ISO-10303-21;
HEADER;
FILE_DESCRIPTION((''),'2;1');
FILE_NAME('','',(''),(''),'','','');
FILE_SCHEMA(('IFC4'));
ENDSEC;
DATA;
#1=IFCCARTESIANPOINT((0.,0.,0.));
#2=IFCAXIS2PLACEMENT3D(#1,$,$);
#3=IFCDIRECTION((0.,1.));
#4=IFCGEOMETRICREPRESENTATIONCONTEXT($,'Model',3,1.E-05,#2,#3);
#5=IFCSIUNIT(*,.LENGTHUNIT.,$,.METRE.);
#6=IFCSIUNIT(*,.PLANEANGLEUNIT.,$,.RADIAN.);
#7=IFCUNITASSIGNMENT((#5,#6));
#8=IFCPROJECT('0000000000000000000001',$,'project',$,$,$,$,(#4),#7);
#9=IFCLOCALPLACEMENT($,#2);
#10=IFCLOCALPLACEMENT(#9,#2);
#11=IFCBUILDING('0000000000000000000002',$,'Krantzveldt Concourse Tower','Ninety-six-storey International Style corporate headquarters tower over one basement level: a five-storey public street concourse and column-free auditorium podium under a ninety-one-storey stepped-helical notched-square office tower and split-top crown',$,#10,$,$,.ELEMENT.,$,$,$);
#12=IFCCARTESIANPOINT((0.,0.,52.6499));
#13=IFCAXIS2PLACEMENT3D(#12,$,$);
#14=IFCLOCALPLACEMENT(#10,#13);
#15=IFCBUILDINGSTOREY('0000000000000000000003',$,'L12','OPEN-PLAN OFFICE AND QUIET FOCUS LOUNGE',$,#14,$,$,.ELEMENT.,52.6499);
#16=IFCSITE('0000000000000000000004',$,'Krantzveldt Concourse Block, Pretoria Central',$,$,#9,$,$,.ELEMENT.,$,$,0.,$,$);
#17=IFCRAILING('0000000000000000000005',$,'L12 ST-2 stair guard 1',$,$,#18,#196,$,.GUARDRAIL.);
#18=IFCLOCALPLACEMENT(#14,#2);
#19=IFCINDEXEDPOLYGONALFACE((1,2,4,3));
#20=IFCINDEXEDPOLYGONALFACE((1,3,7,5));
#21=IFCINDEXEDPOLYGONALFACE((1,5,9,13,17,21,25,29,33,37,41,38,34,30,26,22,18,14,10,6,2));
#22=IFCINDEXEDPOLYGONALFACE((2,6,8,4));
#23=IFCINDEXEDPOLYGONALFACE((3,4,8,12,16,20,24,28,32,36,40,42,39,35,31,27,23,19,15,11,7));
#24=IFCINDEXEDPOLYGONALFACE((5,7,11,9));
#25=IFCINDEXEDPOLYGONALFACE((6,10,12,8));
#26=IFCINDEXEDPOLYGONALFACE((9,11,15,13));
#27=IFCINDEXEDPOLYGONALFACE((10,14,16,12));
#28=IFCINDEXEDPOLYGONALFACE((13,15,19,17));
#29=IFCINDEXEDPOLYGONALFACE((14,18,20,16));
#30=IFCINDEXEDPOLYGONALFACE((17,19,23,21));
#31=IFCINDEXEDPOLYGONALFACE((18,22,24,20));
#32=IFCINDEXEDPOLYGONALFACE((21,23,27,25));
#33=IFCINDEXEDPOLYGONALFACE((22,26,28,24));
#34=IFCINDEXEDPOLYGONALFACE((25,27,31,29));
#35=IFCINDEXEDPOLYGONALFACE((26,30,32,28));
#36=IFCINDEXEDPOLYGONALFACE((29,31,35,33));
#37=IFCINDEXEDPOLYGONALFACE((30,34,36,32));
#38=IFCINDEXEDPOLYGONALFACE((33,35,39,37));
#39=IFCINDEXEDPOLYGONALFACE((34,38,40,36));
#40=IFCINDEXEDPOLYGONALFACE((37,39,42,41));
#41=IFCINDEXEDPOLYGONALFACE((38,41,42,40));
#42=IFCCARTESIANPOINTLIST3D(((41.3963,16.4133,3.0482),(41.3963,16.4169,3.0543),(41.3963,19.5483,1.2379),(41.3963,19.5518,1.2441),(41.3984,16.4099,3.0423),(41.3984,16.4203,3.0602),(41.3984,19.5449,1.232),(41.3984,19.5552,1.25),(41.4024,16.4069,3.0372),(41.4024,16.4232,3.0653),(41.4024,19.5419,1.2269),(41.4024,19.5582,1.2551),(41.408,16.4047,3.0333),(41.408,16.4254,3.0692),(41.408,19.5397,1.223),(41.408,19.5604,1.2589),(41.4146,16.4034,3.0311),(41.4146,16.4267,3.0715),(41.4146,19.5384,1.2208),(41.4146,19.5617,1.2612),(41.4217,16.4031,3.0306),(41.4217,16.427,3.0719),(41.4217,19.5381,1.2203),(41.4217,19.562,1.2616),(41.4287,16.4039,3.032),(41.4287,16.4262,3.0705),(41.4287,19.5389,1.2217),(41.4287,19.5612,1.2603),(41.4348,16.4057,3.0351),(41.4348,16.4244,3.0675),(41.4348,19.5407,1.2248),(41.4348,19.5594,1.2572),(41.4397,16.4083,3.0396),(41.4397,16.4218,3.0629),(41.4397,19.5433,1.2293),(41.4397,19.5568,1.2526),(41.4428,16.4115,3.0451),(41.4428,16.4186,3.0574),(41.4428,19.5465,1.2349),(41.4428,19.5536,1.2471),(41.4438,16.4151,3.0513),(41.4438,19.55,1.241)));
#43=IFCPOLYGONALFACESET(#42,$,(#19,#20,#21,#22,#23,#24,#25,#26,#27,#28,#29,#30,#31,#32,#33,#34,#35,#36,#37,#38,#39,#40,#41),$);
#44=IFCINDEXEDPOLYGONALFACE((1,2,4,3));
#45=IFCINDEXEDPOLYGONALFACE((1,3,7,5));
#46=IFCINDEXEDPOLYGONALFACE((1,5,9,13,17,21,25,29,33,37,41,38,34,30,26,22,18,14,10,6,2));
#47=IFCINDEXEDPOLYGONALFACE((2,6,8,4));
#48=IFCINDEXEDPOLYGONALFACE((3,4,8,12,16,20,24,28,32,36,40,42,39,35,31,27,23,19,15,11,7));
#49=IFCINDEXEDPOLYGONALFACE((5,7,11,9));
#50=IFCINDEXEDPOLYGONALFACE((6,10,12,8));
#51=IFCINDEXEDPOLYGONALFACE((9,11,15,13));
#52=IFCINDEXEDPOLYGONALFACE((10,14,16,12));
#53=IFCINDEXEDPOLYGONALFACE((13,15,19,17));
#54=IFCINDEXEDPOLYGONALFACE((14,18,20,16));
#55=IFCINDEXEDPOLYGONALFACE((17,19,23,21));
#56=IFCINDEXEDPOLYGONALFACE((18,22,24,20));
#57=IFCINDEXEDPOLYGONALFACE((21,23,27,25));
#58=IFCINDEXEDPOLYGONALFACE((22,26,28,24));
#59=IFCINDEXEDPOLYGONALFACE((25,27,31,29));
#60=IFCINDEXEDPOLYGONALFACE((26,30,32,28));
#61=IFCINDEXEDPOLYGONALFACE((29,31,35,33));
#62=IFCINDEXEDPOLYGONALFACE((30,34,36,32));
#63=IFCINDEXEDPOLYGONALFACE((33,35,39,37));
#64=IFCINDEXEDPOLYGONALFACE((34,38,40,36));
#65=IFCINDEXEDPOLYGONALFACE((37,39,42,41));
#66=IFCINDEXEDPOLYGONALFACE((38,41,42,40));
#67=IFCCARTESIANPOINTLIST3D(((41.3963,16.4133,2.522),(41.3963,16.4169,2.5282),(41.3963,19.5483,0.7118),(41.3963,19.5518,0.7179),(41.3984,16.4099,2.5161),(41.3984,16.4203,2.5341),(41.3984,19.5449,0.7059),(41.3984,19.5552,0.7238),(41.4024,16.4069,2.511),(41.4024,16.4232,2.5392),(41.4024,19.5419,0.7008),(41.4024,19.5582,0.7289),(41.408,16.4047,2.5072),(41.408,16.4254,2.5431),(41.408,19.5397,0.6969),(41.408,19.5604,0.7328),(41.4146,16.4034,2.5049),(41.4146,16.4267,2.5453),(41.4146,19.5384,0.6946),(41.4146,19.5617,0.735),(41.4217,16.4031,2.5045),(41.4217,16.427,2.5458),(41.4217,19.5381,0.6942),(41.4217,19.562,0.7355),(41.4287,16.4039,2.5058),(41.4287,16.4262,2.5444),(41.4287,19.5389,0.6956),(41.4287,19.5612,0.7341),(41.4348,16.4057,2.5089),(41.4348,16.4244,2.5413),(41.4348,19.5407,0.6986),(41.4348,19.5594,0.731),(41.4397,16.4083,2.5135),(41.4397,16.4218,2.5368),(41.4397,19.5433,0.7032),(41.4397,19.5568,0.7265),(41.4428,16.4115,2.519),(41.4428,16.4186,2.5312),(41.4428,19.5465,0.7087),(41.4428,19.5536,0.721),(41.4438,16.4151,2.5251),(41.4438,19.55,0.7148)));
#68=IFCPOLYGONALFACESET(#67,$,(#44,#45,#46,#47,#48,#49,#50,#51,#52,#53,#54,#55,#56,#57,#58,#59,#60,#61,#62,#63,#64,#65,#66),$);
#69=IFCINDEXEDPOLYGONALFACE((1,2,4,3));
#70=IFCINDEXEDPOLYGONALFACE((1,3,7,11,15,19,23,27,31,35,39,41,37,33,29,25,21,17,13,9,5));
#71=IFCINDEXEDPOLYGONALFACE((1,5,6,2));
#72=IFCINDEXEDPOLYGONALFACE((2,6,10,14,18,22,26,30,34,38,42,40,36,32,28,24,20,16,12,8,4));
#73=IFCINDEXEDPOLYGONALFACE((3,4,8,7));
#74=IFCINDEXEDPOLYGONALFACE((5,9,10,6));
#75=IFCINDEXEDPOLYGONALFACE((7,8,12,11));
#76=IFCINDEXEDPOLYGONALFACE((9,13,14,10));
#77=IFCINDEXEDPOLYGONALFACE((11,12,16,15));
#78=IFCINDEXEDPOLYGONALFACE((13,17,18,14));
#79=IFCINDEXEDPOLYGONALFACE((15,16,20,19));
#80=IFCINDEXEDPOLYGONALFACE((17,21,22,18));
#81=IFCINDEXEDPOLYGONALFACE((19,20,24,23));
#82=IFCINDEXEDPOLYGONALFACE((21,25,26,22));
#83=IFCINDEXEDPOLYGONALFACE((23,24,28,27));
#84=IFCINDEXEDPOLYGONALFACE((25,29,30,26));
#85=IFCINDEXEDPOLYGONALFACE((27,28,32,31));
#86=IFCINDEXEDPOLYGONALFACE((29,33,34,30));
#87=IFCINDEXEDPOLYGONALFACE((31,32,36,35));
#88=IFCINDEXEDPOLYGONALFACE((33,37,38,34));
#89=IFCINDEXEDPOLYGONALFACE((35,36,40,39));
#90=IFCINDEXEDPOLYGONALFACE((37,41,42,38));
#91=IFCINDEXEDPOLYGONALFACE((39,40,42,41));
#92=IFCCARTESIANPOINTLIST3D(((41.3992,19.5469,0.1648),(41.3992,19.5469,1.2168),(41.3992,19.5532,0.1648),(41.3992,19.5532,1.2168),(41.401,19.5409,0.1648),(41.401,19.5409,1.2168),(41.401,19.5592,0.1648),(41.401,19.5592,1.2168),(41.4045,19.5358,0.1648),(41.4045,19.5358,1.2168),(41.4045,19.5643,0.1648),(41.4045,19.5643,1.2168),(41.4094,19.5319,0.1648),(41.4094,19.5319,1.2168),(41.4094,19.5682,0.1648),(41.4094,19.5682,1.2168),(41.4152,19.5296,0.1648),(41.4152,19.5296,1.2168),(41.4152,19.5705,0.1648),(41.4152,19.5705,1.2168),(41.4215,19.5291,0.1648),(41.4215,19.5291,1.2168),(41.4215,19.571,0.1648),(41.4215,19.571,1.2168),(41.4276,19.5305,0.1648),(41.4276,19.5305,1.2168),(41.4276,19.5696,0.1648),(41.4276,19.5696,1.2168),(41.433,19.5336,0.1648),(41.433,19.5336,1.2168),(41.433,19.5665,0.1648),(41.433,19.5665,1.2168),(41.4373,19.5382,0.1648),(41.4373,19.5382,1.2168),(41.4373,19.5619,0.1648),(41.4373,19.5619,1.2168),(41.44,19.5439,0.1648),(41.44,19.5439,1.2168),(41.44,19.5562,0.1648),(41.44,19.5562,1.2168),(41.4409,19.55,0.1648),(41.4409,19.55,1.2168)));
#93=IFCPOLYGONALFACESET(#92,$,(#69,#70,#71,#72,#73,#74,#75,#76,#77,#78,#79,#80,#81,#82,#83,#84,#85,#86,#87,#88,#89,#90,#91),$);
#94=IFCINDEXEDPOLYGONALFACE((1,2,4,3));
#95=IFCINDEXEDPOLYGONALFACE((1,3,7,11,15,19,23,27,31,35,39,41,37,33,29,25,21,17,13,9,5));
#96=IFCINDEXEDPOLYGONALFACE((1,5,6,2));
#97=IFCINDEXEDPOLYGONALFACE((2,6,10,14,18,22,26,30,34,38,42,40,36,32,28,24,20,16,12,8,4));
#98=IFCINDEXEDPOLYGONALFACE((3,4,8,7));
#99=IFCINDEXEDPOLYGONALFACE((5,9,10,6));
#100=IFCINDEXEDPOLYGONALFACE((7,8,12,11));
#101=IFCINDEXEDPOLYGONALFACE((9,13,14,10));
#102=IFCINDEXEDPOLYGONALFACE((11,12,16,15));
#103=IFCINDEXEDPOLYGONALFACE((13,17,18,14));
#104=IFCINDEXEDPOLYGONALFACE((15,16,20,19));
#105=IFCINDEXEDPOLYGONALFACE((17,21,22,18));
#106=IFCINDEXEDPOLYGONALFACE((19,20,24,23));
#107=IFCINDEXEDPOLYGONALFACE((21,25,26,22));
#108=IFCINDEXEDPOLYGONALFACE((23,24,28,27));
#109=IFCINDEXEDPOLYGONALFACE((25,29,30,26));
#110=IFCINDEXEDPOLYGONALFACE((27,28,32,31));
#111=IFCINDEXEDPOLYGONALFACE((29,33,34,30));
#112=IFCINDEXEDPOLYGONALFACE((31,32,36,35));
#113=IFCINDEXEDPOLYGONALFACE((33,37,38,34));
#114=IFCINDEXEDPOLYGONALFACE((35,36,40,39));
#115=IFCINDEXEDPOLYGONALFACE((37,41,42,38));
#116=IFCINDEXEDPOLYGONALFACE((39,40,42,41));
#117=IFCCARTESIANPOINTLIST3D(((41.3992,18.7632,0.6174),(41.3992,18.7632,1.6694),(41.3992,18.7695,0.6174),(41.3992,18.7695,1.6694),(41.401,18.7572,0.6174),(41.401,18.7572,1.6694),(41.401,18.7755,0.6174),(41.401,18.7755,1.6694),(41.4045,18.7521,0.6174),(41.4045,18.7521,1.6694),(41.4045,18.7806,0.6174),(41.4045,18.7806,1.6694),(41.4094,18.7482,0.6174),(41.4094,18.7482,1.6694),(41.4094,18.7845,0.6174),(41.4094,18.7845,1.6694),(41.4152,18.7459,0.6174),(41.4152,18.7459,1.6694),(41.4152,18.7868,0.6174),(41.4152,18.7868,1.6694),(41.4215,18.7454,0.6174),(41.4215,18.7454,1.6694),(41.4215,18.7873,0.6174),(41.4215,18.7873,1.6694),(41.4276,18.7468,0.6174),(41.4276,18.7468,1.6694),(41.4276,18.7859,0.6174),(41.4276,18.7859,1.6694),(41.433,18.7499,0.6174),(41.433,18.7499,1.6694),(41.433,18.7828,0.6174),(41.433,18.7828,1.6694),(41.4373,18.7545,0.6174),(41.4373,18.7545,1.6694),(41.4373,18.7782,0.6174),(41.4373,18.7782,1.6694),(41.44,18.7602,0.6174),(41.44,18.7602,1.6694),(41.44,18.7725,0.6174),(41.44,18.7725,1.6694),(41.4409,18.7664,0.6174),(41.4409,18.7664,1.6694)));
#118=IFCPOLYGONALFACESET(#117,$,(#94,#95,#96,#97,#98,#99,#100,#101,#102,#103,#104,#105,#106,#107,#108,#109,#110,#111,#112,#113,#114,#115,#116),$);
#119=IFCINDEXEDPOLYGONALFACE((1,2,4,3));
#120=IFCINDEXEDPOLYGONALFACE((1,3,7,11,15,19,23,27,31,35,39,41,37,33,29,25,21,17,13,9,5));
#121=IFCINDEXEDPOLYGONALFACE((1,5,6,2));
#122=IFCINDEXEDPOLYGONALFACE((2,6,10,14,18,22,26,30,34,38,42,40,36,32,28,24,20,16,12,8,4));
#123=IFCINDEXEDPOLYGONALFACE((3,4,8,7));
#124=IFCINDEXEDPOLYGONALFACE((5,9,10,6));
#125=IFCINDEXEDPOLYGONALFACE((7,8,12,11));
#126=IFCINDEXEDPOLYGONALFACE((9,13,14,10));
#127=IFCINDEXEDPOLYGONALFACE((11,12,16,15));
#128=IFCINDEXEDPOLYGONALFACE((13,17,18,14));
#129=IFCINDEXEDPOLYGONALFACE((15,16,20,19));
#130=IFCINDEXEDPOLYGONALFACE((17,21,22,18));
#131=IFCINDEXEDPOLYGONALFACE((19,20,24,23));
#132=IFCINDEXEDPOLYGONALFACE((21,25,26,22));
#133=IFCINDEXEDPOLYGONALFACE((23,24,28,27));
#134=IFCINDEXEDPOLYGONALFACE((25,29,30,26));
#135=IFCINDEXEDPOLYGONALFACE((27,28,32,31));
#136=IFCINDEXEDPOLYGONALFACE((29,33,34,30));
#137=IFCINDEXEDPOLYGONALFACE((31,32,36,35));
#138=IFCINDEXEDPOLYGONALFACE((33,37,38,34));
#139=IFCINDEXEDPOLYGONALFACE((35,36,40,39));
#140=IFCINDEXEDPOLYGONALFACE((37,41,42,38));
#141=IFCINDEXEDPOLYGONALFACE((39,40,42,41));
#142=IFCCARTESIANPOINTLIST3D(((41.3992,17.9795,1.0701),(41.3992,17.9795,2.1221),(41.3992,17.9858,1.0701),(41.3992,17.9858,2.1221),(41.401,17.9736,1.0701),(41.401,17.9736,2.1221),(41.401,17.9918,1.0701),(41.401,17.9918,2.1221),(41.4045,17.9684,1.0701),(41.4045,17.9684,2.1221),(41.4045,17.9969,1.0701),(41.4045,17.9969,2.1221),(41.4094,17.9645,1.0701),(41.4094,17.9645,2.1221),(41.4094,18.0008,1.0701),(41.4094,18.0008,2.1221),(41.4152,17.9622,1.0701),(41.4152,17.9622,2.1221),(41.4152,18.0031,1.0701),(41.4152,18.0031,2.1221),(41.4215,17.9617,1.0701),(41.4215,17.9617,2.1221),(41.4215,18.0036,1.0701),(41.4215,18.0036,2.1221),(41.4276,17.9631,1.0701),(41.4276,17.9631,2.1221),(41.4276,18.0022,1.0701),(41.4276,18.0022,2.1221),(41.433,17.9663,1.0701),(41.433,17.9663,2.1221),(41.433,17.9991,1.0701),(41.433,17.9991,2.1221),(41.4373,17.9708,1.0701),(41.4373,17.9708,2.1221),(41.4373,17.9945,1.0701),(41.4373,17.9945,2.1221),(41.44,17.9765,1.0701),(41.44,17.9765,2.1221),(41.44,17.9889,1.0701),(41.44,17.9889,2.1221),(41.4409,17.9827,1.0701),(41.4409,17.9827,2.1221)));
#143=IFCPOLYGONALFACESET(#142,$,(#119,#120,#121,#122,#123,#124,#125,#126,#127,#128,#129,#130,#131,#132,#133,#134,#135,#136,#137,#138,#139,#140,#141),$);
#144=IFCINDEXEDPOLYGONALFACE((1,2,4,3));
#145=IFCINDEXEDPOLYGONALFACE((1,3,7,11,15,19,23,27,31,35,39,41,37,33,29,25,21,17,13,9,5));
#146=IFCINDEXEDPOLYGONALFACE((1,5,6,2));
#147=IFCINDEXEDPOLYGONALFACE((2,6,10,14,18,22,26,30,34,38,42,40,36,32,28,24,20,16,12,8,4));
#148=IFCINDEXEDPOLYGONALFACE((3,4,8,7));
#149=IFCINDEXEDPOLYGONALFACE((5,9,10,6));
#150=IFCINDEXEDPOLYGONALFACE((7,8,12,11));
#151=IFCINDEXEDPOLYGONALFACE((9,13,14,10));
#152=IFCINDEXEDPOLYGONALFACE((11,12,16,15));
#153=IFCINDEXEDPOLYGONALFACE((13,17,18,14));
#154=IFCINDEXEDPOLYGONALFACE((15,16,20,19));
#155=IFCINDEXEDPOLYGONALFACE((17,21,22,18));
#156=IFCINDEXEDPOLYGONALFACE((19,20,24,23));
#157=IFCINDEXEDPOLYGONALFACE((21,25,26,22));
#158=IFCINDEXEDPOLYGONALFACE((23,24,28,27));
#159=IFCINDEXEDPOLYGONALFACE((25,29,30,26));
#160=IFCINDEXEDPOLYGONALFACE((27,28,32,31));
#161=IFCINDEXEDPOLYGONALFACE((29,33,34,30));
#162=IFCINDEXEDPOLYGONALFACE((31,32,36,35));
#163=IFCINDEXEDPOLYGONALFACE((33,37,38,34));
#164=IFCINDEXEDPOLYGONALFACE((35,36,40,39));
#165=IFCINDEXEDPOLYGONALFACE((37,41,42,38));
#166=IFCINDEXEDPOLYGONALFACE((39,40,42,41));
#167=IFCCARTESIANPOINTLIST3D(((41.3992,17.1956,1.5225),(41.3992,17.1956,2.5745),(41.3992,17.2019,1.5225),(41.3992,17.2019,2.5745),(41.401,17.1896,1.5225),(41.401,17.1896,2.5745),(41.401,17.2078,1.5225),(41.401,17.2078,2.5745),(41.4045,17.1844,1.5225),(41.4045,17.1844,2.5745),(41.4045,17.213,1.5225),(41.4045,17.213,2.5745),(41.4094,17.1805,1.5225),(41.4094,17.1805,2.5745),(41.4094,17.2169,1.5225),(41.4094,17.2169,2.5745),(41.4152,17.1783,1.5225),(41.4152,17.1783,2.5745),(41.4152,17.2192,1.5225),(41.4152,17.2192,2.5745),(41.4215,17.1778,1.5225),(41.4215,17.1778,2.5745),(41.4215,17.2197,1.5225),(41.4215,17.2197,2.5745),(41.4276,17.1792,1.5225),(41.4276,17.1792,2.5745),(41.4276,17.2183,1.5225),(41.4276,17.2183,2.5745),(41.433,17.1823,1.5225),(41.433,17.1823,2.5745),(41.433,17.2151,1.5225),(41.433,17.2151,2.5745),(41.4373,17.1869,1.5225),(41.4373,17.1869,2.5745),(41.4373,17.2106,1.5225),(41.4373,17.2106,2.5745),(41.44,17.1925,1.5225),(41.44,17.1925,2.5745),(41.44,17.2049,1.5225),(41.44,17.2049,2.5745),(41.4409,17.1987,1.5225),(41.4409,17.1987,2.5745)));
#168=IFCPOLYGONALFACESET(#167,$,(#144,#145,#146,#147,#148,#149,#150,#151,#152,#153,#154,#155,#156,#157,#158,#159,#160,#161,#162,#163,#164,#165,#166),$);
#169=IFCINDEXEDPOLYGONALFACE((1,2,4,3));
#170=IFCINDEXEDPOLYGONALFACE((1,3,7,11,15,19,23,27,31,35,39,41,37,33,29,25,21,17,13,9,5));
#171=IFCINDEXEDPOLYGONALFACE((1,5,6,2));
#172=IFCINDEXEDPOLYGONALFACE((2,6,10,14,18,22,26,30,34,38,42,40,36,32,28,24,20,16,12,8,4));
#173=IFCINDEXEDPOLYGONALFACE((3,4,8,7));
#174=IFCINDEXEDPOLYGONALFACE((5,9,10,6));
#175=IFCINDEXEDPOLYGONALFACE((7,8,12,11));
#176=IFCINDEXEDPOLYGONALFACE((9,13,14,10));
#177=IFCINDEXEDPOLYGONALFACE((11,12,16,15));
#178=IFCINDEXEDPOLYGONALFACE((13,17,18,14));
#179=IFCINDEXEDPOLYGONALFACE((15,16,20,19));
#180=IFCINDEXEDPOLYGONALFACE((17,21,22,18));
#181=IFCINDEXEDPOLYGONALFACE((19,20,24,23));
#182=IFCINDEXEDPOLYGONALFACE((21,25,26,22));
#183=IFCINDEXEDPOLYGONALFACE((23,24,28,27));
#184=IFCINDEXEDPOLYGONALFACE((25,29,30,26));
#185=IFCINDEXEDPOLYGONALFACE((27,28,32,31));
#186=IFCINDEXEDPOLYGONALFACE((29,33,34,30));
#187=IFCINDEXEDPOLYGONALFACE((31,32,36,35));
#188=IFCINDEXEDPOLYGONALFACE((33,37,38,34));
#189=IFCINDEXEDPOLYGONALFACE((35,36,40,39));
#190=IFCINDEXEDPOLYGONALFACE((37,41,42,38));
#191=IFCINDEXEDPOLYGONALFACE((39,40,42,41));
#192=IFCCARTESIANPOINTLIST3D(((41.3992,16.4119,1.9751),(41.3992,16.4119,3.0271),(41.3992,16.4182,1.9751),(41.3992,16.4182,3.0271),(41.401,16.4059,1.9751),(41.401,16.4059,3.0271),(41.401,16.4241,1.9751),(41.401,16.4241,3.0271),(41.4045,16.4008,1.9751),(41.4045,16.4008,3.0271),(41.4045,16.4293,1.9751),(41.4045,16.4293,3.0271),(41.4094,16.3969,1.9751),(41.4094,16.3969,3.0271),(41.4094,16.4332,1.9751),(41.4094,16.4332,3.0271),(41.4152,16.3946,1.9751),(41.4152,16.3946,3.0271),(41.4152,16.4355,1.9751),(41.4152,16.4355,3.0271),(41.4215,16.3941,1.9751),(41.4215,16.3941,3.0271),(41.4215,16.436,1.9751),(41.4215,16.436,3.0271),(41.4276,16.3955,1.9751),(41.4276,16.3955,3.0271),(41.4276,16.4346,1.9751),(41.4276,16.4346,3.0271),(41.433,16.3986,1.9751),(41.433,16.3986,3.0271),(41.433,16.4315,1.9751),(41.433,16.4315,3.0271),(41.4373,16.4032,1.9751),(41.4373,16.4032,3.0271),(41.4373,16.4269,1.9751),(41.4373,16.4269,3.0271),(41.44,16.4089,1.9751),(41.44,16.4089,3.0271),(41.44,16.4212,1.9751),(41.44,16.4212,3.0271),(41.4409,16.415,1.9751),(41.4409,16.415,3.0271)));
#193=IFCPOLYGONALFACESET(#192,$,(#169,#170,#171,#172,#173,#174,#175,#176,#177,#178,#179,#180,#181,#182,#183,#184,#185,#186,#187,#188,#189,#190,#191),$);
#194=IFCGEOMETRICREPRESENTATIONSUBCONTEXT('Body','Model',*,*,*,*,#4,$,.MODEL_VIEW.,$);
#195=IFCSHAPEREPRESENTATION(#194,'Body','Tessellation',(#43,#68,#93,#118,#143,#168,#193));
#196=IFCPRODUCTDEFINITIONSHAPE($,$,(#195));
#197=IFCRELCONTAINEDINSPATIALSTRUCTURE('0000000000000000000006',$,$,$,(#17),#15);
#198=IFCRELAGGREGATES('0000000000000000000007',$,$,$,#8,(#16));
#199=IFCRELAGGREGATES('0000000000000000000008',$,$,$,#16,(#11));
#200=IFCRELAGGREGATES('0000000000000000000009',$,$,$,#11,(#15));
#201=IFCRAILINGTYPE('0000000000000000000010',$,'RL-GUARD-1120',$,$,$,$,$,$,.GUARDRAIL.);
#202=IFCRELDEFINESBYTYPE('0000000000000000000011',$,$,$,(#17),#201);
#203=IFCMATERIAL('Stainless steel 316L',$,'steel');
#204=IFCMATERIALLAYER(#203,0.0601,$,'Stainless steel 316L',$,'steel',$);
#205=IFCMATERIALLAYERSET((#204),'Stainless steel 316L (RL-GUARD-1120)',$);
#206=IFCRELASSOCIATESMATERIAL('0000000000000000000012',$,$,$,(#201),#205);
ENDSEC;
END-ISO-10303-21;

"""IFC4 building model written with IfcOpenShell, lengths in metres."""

from ifc_helpers import new_model, si_unit, direction, frame, origin, origin_2d, place, context, subcontext, project, spatial, circle, extrude, material, layer, layer_set, type_object, element, save


model = new_model("IFC4")

# Units and contexts
model_context = context("Model", 3, precision=1e-05, world=origin(), true_north=direction((0.0, 1.0)))
body_context = subcontext(model_context, "Body", "Model", "MODEL_VIEW")
ifc_project = project(units=[si_unit("LENGTHUNIT", "METRE"), si_unit("PLANEANGLEUNIT", "RADIAN")], contexts=[model_context])

# Site, building, storey
site_placement = place(None, origin())
site = spatial("IfcSite", under=ifc_project, at=site_placement, Name="Krantzveldt Concourse Block, Pretoria Central", CompositionType="ELEMENT", RefElevation=0.0)
building_placement = place(site_placement, origin())
building = spatial("IfcBuilding", under=site, at=building_placement, Name="Krantzveldt Concourse Tower", Description="Ninety-six-storey International Style corporate headquarters tower over one basement level: a five-storey public street concourse and column-free auditorium podium under a ninety-one-storey stepped-helical notched-square office tower and split-top crown", CompositionType="ELEMENT")
storey_placement = place(building_placement, frame((0.0, 0.0, 52.6499)))
storey = spatial("IfcBuildingStorey", under=building, at=storey_placement, Name="L12", Description="OPEN-PLAN OFFICE AND QUIET FOCUS LOUNGE", CompositionType="ELEMENT", Elevation=52.6499)

# Shared definitions
ifc_material_1 = material(Name="Stainless steel 316L", Category="steel")

# Railing
ifc_layer_1 = layer(ifc_material_1, 0.0601, Name="Stainless steel 316L", Category="steel")
ifc_layer_set_1 = layer_set([ifc_layer_1], Name="Stainless steel 316L (RL-GUARD-1120)")
railing_type_1 = type_object("IfcRailingType", Name="RL-GUARD-1120", PredefinedType="GUARDRAIL", material=ifc_layer_set_1)
railing_1_placement = place(storey_placement, frame((41.4199, 19.55, 0.1648)))
element("IfcRailing", 1, at=railing_1_placement, inside=storey, type_object=railing_type_1, Name="L12 ST-2 stair guard 1", PredefinedType="GUARDRAIL", context=body_context, shape_type="SweptSolid", body=[
    extrude(circle(Radius=0.0239, at=origin_2d()), frame((0.0, 0.0, 1.0762), z_axis=(0.0, -0.865989, 0.500063), x_axis=(1.0, 0.0, 0.0)), (0.0, 0.0, 1.0), 3.6201),
    extrude(circle(Radius=0.0239, at=origin_2d()), frame((0.0, 0.0, 0.55), z_axis=(0.0, -0.865989, 0.500063), x_axis=(1.0, 0.0, 0.0)), (0.0, 0.0, 1.0), 3.6201),
    extrude(circle(Radius=0.021, at=origin_2d()), origin(), (0.0, 0.0, 1.0), 1.052),
    extrude(circle(Radius=0.021, at=origin_2d()), frame((0.0, -0.7837, 0.4526)), (0.0, 0.0, 1.0), 1.052),
    extrude(circle(Radius=0.021, at=origin_2d()), frame((0.0, -1.5674, 0.9053)), (0.0, 0.0, 1.0), 1.052),
    extrude(circle(Radius=0.021, at=origin_2d()), frame((0.0, -2.3513, 1.3577)), (0.0, 0.0, 1.0), 1.052),
    extrude(circle(Radius=0.021, at=origin_2d()), frame((0.0, -3.135, 1.8103)), (0.0, 0.0, 1.0), 1.052),
])

save(model, "model.ifc")
